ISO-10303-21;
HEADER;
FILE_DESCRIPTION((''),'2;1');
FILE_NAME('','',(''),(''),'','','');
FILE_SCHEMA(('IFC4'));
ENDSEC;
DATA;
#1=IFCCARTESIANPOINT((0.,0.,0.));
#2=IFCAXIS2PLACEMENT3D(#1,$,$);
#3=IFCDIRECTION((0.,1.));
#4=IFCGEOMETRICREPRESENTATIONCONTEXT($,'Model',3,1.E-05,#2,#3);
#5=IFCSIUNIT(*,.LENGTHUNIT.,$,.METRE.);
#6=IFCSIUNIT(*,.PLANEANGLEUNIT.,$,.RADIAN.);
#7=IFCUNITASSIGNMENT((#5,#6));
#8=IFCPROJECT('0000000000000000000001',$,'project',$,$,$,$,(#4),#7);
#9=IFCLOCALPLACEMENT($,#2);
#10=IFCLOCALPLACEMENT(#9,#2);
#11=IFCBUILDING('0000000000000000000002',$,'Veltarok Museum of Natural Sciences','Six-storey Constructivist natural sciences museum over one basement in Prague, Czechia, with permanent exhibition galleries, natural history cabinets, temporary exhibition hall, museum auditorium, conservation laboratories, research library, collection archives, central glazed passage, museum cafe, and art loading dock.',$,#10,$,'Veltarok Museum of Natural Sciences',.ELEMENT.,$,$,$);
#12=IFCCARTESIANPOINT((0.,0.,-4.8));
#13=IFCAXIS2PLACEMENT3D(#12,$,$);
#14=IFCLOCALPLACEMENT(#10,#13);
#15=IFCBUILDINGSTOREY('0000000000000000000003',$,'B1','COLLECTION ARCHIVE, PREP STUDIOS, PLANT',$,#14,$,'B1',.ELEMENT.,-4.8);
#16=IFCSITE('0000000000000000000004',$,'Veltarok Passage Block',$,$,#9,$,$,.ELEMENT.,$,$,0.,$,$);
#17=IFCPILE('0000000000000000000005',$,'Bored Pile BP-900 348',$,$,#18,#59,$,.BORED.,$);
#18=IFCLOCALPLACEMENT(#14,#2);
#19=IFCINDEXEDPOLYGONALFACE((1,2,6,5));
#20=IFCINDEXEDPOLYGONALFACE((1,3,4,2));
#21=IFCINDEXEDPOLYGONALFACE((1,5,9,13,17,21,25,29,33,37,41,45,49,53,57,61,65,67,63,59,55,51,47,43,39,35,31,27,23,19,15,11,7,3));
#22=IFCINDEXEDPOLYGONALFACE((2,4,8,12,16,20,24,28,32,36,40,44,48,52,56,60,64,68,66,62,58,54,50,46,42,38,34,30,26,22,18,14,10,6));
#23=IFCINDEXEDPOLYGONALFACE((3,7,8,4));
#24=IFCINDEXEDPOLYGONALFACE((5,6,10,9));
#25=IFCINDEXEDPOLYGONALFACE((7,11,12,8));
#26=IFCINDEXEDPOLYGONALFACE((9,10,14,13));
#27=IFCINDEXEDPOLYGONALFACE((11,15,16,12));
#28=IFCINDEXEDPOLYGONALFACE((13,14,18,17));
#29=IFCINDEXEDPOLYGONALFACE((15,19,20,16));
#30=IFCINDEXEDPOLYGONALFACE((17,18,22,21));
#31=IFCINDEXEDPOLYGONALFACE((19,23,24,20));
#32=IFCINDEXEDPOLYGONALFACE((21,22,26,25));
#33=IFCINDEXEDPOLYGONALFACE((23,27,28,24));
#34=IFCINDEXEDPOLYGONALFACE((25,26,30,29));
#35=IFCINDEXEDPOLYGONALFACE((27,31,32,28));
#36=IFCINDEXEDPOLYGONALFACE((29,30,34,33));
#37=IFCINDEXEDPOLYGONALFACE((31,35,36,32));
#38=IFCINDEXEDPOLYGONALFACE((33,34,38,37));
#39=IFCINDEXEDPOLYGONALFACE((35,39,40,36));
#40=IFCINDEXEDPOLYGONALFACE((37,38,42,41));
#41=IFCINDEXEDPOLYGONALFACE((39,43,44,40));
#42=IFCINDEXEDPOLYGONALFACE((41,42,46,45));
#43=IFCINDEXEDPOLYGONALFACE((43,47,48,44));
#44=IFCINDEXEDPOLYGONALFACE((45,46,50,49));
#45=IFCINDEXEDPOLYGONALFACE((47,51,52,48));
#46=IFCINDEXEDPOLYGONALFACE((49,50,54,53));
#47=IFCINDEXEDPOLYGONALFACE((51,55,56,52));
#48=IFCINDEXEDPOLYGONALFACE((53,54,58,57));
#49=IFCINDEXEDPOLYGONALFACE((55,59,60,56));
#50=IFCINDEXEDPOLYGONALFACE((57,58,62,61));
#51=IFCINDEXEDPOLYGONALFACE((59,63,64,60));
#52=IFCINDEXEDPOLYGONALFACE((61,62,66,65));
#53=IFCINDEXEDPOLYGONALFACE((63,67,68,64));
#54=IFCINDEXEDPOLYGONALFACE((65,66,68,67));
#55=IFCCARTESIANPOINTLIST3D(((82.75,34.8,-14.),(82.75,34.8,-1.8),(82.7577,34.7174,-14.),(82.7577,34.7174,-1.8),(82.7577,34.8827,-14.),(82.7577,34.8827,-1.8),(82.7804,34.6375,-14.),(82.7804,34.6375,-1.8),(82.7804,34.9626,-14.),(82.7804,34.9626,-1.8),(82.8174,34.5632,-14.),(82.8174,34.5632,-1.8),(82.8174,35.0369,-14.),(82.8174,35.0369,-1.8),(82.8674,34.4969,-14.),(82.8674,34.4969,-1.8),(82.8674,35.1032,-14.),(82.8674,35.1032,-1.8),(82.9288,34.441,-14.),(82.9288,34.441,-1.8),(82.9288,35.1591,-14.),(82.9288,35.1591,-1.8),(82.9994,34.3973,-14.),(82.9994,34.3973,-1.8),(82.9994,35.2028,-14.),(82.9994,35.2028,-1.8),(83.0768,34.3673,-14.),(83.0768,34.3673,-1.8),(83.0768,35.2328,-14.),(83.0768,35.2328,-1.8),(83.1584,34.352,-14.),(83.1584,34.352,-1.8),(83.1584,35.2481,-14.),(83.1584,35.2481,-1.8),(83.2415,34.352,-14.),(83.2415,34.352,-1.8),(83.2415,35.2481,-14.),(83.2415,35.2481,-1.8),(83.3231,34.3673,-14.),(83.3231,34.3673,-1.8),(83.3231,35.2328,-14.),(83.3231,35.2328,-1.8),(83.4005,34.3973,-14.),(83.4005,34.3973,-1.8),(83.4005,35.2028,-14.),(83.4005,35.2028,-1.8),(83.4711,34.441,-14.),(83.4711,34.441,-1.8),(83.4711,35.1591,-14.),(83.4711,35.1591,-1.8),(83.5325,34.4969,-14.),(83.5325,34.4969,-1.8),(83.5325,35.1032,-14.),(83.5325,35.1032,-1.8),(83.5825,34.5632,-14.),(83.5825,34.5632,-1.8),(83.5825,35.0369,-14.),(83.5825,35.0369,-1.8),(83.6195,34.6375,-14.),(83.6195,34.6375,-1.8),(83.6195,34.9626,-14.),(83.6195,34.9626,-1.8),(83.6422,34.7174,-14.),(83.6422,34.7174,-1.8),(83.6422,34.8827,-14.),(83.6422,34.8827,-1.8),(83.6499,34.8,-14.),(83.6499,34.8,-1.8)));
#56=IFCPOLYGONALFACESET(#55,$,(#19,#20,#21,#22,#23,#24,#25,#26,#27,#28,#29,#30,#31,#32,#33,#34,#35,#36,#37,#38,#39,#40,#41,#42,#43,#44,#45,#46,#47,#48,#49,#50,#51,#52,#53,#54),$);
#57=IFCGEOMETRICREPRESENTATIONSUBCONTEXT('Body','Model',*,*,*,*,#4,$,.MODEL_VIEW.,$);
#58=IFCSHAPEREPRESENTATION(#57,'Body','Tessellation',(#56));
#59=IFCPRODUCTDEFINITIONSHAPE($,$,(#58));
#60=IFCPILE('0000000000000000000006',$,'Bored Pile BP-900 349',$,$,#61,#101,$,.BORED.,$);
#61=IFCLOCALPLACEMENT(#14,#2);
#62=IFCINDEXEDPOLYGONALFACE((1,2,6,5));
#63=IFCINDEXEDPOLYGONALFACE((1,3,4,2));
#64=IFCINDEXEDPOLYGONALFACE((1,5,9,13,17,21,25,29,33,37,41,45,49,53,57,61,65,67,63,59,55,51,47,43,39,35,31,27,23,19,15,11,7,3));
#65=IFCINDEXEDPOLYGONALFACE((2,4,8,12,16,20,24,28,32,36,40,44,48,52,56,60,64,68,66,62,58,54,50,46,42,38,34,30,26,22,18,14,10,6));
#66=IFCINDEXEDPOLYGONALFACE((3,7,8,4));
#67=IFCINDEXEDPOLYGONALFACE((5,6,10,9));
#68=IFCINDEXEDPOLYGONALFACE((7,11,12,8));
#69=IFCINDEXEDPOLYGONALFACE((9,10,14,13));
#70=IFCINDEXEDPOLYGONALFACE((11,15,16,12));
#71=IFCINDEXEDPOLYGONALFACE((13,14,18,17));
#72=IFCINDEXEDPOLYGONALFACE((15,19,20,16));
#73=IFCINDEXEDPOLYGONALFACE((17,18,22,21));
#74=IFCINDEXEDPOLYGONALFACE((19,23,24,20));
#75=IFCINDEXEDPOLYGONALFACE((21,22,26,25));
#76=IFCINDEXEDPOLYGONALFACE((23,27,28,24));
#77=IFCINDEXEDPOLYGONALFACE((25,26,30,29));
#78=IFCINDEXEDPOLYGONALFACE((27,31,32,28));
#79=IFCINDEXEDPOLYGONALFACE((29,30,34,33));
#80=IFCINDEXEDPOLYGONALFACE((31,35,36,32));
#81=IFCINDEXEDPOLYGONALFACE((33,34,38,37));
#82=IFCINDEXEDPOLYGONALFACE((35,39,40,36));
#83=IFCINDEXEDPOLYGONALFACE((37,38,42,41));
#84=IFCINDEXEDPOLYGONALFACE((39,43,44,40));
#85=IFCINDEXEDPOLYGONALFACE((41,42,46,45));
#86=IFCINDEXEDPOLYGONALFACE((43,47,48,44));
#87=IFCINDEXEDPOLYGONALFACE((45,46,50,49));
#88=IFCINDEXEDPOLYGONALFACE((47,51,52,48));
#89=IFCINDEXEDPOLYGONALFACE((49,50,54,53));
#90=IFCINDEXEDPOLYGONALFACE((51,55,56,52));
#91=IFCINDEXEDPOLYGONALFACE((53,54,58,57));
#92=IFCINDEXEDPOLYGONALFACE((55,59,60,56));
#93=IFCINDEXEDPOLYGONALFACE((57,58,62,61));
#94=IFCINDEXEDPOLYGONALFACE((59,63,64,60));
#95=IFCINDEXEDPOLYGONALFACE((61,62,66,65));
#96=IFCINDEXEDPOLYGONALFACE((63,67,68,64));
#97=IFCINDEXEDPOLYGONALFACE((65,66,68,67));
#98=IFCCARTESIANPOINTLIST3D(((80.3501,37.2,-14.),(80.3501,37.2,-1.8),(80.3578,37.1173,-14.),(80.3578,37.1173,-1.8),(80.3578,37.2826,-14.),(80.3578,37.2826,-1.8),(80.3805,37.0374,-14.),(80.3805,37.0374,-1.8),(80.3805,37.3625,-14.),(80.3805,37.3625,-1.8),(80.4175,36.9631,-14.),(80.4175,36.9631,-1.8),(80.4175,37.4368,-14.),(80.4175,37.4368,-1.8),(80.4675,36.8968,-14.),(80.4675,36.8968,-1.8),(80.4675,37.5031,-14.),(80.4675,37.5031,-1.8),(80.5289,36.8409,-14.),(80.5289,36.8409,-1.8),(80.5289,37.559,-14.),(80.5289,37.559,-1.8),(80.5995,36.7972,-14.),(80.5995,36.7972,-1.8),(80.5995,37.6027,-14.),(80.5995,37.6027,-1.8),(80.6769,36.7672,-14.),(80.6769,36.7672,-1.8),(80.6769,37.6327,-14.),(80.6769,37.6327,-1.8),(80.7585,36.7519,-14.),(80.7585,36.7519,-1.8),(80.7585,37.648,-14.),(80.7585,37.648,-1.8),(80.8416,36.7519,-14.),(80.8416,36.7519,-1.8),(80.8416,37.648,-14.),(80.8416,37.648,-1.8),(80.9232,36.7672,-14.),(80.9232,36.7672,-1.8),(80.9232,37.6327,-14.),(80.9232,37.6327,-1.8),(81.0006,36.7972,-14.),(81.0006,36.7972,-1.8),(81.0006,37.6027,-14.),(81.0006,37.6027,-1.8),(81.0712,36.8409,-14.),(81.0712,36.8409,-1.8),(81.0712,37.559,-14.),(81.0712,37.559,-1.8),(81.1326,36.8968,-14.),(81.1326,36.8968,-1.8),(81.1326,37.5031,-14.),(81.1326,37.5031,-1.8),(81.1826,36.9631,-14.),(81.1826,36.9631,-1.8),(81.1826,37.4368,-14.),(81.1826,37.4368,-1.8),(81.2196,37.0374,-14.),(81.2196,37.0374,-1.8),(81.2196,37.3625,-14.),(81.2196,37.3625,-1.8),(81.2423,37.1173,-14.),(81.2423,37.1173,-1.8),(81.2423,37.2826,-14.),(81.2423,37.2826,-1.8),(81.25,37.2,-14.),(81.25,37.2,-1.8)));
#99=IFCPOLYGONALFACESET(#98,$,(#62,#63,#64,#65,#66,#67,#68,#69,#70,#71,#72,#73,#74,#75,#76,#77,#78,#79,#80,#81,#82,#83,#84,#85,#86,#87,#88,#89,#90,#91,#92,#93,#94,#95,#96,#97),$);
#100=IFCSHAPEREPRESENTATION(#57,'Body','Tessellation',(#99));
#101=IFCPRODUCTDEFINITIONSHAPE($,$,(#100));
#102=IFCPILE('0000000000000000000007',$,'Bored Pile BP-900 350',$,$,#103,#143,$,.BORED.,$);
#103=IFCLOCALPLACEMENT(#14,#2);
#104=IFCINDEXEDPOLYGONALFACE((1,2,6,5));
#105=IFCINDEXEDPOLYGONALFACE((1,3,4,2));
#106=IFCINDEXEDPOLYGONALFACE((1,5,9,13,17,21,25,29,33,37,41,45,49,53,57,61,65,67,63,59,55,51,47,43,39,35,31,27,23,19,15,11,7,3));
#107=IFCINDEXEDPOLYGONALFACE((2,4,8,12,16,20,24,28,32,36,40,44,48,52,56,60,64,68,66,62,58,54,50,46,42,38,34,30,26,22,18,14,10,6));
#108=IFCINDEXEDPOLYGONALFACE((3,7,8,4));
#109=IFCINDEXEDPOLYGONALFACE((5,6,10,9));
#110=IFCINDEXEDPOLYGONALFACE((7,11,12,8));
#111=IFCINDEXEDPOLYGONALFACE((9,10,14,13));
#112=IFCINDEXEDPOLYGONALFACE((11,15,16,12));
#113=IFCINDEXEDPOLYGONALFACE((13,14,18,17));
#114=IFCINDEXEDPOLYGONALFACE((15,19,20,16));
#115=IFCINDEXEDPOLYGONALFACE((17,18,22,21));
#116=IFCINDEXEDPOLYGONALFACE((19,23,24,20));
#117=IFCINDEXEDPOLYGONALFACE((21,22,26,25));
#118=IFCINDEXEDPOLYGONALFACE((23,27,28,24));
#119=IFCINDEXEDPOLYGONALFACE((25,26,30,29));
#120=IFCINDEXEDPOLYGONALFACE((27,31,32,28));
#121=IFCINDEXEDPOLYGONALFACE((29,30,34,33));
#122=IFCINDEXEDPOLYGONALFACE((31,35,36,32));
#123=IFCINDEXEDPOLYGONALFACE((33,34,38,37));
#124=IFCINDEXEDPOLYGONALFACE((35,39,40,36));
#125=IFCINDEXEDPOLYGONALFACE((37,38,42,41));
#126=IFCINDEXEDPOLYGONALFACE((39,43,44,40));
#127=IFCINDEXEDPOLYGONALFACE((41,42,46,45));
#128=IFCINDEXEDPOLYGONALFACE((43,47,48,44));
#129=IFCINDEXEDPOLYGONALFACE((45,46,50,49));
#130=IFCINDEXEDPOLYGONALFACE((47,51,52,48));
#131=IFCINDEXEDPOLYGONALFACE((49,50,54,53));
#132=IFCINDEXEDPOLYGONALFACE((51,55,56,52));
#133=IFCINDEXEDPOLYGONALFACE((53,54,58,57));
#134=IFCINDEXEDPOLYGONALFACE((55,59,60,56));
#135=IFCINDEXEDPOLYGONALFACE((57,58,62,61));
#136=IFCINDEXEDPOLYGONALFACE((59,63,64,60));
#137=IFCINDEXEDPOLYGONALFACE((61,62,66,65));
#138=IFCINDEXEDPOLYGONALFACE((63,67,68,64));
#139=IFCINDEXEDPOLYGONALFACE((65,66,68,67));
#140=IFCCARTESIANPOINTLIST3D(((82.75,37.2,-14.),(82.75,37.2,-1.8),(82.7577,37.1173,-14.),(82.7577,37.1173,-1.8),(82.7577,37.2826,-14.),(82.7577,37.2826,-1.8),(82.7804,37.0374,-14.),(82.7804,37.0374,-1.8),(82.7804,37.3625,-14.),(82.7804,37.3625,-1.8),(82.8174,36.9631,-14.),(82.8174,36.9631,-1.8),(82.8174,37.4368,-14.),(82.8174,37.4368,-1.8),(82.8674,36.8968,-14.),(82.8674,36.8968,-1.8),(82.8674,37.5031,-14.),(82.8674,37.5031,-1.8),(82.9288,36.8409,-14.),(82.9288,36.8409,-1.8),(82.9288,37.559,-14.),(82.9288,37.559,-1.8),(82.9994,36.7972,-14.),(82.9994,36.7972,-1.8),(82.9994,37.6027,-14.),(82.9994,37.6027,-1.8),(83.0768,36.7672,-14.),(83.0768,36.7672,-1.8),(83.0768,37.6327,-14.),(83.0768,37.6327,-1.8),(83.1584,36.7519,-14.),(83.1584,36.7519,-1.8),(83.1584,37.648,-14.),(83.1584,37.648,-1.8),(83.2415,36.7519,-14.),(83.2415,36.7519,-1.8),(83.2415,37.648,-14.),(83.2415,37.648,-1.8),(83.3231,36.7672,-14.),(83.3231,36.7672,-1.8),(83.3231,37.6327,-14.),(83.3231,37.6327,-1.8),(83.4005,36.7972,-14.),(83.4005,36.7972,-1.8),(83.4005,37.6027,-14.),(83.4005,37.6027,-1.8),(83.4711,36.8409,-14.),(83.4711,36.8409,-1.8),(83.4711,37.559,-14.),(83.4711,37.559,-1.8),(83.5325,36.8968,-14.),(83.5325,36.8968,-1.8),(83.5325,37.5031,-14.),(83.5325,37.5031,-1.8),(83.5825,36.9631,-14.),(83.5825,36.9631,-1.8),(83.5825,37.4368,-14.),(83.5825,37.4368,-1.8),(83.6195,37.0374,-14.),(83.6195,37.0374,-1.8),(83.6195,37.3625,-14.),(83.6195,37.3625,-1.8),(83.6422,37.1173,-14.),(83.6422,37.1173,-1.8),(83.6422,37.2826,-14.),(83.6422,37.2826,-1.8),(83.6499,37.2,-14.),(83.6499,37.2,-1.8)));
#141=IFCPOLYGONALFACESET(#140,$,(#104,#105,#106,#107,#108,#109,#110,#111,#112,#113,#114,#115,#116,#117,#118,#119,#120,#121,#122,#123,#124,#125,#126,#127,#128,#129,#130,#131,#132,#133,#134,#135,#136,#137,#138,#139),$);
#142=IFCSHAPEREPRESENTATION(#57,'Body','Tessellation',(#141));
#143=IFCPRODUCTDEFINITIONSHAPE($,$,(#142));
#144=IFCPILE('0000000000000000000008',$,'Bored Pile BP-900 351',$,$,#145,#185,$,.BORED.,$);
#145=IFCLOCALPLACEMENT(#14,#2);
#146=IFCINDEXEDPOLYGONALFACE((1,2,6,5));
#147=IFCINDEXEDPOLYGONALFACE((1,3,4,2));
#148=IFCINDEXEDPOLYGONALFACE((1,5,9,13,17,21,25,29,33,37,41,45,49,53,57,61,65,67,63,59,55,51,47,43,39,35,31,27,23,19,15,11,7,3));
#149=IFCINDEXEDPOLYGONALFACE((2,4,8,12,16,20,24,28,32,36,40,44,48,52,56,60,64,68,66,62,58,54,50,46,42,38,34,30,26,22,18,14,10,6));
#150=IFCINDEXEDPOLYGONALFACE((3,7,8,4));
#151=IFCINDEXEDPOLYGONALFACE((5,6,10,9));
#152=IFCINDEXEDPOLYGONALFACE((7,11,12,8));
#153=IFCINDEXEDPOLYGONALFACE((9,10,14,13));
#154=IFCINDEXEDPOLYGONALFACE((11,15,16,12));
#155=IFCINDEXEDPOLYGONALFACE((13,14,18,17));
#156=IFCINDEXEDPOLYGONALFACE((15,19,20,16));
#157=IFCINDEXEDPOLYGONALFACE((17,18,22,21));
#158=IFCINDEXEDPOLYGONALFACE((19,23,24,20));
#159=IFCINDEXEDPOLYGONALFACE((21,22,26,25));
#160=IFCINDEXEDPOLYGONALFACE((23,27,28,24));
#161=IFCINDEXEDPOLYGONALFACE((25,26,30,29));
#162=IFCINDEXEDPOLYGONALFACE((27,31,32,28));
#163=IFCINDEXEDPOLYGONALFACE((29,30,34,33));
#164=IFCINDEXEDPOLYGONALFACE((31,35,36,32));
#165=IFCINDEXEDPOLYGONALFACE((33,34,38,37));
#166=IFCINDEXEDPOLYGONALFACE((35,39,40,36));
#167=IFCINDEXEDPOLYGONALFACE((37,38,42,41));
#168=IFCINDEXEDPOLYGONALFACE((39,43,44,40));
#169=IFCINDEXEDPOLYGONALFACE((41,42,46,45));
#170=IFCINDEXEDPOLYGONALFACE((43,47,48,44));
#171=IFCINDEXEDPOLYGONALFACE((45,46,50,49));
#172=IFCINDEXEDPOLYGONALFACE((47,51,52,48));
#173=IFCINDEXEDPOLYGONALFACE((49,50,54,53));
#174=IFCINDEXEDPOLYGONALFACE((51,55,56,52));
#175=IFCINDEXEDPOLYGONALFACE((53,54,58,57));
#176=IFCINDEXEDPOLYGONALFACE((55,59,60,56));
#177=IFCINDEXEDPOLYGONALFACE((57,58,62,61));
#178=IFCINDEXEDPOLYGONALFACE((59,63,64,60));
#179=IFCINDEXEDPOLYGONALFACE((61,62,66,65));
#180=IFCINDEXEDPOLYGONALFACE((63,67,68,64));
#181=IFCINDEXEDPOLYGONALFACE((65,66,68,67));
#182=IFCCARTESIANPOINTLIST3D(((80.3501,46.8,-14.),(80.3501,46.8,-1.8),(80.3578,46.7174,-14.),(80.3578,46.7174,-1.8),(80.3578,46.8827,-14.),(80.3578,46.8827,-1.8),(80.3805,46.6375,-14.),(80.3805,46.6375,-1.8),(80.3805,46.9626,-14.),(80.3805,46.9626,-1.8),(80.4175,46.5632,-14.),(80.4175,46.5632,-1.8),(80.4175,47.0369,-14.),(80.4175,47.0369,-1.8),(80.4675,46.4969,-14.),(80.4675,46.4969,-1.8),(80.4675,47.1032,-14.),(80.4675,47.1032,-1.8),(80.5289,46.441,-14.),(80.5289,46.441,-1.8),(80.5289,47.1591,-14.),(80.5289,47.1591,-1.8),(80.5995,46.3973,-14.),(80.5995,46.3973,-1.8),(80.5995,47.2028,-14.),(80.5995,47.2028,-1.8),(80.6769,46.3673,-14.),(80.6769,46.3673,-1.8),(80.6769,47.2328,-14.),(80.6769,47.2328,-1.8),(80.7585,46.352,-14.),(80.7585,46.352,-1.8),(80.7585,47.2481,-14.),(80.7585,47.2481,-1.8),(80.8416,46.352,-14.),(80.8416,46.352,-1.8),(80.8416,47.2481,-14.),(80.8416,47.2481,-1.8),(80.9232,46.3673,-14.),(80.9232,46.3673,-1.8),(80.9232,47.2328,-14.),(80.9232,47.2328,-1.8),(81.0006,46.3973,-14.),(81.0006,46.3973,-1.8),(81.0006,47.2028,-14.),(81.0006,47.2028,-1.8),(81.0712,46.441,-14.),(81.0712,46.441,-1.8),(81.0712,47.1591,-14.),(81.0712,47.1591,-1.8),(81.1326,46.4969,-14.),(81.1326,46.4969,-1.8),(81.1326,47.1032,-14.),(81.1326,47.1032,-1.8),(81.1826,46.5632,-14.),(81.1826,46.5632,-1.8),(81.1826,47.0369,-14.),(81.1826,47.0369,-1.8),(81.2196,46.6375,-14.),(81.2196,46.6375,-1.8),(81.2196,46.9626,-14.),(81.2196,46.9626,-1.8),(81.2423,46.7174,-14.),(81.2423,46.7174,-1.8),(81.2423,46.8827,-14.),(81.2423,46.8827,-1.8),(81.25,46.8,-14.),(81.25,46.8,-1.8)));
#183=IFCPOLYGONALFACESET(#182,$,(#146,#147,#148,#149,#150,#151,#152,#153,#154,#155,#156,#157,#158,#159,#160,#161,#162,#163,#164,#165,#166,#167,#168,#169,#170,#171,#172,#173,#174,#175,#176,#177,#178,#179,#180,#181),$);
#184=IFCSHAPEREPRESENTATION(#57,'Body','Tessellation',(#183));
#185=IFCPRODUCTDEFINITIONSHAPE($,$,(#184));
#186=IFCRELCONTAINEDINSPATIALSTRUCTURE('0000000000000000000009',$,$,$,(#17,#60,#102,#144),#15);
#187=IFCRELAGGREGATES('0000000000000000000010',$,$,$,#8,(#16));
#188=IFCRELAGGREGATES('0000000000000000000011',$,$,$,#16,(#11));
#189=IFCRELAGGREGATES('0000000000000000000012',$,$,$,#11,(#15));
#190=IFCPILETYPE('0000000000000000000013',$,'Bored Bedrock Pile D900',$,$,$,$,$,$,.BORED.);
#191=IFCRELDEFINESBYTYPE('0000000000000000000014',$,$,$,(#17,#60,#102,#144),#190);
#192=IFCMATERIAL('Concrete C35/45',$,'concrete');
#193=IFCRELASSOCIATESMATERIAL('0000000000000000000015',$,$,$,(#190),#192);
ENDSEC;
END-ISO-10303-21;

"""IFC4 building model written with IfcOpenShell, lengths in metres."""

from ifc_helpers import new_model, si_unit, direction, frame, origin, origin_2d, place, context, subcontext, project, spatial, circle, extrude, material, material_profile, profile_set, type_object, element, save


model = new_model("IFC4")

# Units and contexts
model_context = context("Model", 3, precision=1e-05, world=origin(), true_north=direction((0.0, 1.0)))
body_context = subcontext(model_context, "Body", "Model", "MODEL_VIEW")
ifc_project = project(units=[si_unit("LENGTHUNIT", "METRE"), si_unit("PLANEANGLEUNIT", "RADIAN")], contexts=[model_context])

# Site, building, storey
site_placement = place(None, origin())
site = spatial("IfcSite", under=ifc_project, at=site_placement, Name="Veltarok Passage Block", CompositionType="ELEMENT", RefElevation=0.0)
building_placement = place(site_placement, origin())
building = spatial("IfcBuilding", under=site, at=building_placement, Name="Veltarok Museum of Natural Sciences", Description="Six-storey Constructivist natural sciences museum over one basement in Prague, Czechia, with permanent exhibition galleries, natural history cabinets, temporary exhibition hall, museum auditorium, conservation laboratories, research library, collection archives, central glazed passage, museum cafe, and art loading dock.", LongName="Veltarok Museum of Natural Sciences", CompositionType="ELEMENT")
storey_placement = place(building_placement, frame((0.0, 0.0, -4.8)))
storey = spatial("IfcBuildingStorey", under=building, at=storey_placement, Name="B1", Description="COLLECTION ARCHIVE, PREP STUDIOS, PLANT", LongName="B1", CompositionType="ELEMENT", Elevation=-4.8)

# Piles
ifc_material_1 = material(Name="Concrete C35/45", Category="concrete")
ifc_material_profile_1 = material_profile(ifc_material_1, circle(Radius=0.45, at=origin_2d()), Name="BP D900")
ifc_profile_set_1 = profile_set([ifc_material_profile_1], Name="Concrete C35/45")
pile_type = type_object("IfcPileType", Name="Bored Bedrock Pile D900", PredefinedType="BORED", material=ifc_profile_set_1)
for number, where, z_axis, x_axis, name in (
    (1, (83.2, 34.8, -1.8), (0.0, 0.0, -1.0), (1.0, 0.0, 0.0), "Bored Pile BP-900 348"),
    (2, (80.8, 37.2, -1.8), (0.0, 0.0, -1.0), (1.0, 0.0, 0.0), "Bored Pile BP-900 349"),
    (3, (83.2, 37.2, -1.8), (0.0, 0.0, -1.0), (1.0, 0.0, 0.0), "Bored Pile BP-900 350"),
    (4, (80.8, 46.8, -1.8), (0.0, 0.0, -1.0), (1.0, 0.0, 0.0), "Bored Pile BP-900 351"),
):
    element("IfcPile", number, at=place(storey_placement, frame(where, z_axis=z_axis, x_axis=x_axis)), inside=storey, type_object=pile_type, Name=name, PredefinedType="BORED", context=body_context, shape_type="SweptSolid", body=[
        extrude(circle(Radius=0.45, at=origin_2d()), origin(), (0.0, 0.0, 1.0), 12.2),
    ])

save(model, "model.ifc")
